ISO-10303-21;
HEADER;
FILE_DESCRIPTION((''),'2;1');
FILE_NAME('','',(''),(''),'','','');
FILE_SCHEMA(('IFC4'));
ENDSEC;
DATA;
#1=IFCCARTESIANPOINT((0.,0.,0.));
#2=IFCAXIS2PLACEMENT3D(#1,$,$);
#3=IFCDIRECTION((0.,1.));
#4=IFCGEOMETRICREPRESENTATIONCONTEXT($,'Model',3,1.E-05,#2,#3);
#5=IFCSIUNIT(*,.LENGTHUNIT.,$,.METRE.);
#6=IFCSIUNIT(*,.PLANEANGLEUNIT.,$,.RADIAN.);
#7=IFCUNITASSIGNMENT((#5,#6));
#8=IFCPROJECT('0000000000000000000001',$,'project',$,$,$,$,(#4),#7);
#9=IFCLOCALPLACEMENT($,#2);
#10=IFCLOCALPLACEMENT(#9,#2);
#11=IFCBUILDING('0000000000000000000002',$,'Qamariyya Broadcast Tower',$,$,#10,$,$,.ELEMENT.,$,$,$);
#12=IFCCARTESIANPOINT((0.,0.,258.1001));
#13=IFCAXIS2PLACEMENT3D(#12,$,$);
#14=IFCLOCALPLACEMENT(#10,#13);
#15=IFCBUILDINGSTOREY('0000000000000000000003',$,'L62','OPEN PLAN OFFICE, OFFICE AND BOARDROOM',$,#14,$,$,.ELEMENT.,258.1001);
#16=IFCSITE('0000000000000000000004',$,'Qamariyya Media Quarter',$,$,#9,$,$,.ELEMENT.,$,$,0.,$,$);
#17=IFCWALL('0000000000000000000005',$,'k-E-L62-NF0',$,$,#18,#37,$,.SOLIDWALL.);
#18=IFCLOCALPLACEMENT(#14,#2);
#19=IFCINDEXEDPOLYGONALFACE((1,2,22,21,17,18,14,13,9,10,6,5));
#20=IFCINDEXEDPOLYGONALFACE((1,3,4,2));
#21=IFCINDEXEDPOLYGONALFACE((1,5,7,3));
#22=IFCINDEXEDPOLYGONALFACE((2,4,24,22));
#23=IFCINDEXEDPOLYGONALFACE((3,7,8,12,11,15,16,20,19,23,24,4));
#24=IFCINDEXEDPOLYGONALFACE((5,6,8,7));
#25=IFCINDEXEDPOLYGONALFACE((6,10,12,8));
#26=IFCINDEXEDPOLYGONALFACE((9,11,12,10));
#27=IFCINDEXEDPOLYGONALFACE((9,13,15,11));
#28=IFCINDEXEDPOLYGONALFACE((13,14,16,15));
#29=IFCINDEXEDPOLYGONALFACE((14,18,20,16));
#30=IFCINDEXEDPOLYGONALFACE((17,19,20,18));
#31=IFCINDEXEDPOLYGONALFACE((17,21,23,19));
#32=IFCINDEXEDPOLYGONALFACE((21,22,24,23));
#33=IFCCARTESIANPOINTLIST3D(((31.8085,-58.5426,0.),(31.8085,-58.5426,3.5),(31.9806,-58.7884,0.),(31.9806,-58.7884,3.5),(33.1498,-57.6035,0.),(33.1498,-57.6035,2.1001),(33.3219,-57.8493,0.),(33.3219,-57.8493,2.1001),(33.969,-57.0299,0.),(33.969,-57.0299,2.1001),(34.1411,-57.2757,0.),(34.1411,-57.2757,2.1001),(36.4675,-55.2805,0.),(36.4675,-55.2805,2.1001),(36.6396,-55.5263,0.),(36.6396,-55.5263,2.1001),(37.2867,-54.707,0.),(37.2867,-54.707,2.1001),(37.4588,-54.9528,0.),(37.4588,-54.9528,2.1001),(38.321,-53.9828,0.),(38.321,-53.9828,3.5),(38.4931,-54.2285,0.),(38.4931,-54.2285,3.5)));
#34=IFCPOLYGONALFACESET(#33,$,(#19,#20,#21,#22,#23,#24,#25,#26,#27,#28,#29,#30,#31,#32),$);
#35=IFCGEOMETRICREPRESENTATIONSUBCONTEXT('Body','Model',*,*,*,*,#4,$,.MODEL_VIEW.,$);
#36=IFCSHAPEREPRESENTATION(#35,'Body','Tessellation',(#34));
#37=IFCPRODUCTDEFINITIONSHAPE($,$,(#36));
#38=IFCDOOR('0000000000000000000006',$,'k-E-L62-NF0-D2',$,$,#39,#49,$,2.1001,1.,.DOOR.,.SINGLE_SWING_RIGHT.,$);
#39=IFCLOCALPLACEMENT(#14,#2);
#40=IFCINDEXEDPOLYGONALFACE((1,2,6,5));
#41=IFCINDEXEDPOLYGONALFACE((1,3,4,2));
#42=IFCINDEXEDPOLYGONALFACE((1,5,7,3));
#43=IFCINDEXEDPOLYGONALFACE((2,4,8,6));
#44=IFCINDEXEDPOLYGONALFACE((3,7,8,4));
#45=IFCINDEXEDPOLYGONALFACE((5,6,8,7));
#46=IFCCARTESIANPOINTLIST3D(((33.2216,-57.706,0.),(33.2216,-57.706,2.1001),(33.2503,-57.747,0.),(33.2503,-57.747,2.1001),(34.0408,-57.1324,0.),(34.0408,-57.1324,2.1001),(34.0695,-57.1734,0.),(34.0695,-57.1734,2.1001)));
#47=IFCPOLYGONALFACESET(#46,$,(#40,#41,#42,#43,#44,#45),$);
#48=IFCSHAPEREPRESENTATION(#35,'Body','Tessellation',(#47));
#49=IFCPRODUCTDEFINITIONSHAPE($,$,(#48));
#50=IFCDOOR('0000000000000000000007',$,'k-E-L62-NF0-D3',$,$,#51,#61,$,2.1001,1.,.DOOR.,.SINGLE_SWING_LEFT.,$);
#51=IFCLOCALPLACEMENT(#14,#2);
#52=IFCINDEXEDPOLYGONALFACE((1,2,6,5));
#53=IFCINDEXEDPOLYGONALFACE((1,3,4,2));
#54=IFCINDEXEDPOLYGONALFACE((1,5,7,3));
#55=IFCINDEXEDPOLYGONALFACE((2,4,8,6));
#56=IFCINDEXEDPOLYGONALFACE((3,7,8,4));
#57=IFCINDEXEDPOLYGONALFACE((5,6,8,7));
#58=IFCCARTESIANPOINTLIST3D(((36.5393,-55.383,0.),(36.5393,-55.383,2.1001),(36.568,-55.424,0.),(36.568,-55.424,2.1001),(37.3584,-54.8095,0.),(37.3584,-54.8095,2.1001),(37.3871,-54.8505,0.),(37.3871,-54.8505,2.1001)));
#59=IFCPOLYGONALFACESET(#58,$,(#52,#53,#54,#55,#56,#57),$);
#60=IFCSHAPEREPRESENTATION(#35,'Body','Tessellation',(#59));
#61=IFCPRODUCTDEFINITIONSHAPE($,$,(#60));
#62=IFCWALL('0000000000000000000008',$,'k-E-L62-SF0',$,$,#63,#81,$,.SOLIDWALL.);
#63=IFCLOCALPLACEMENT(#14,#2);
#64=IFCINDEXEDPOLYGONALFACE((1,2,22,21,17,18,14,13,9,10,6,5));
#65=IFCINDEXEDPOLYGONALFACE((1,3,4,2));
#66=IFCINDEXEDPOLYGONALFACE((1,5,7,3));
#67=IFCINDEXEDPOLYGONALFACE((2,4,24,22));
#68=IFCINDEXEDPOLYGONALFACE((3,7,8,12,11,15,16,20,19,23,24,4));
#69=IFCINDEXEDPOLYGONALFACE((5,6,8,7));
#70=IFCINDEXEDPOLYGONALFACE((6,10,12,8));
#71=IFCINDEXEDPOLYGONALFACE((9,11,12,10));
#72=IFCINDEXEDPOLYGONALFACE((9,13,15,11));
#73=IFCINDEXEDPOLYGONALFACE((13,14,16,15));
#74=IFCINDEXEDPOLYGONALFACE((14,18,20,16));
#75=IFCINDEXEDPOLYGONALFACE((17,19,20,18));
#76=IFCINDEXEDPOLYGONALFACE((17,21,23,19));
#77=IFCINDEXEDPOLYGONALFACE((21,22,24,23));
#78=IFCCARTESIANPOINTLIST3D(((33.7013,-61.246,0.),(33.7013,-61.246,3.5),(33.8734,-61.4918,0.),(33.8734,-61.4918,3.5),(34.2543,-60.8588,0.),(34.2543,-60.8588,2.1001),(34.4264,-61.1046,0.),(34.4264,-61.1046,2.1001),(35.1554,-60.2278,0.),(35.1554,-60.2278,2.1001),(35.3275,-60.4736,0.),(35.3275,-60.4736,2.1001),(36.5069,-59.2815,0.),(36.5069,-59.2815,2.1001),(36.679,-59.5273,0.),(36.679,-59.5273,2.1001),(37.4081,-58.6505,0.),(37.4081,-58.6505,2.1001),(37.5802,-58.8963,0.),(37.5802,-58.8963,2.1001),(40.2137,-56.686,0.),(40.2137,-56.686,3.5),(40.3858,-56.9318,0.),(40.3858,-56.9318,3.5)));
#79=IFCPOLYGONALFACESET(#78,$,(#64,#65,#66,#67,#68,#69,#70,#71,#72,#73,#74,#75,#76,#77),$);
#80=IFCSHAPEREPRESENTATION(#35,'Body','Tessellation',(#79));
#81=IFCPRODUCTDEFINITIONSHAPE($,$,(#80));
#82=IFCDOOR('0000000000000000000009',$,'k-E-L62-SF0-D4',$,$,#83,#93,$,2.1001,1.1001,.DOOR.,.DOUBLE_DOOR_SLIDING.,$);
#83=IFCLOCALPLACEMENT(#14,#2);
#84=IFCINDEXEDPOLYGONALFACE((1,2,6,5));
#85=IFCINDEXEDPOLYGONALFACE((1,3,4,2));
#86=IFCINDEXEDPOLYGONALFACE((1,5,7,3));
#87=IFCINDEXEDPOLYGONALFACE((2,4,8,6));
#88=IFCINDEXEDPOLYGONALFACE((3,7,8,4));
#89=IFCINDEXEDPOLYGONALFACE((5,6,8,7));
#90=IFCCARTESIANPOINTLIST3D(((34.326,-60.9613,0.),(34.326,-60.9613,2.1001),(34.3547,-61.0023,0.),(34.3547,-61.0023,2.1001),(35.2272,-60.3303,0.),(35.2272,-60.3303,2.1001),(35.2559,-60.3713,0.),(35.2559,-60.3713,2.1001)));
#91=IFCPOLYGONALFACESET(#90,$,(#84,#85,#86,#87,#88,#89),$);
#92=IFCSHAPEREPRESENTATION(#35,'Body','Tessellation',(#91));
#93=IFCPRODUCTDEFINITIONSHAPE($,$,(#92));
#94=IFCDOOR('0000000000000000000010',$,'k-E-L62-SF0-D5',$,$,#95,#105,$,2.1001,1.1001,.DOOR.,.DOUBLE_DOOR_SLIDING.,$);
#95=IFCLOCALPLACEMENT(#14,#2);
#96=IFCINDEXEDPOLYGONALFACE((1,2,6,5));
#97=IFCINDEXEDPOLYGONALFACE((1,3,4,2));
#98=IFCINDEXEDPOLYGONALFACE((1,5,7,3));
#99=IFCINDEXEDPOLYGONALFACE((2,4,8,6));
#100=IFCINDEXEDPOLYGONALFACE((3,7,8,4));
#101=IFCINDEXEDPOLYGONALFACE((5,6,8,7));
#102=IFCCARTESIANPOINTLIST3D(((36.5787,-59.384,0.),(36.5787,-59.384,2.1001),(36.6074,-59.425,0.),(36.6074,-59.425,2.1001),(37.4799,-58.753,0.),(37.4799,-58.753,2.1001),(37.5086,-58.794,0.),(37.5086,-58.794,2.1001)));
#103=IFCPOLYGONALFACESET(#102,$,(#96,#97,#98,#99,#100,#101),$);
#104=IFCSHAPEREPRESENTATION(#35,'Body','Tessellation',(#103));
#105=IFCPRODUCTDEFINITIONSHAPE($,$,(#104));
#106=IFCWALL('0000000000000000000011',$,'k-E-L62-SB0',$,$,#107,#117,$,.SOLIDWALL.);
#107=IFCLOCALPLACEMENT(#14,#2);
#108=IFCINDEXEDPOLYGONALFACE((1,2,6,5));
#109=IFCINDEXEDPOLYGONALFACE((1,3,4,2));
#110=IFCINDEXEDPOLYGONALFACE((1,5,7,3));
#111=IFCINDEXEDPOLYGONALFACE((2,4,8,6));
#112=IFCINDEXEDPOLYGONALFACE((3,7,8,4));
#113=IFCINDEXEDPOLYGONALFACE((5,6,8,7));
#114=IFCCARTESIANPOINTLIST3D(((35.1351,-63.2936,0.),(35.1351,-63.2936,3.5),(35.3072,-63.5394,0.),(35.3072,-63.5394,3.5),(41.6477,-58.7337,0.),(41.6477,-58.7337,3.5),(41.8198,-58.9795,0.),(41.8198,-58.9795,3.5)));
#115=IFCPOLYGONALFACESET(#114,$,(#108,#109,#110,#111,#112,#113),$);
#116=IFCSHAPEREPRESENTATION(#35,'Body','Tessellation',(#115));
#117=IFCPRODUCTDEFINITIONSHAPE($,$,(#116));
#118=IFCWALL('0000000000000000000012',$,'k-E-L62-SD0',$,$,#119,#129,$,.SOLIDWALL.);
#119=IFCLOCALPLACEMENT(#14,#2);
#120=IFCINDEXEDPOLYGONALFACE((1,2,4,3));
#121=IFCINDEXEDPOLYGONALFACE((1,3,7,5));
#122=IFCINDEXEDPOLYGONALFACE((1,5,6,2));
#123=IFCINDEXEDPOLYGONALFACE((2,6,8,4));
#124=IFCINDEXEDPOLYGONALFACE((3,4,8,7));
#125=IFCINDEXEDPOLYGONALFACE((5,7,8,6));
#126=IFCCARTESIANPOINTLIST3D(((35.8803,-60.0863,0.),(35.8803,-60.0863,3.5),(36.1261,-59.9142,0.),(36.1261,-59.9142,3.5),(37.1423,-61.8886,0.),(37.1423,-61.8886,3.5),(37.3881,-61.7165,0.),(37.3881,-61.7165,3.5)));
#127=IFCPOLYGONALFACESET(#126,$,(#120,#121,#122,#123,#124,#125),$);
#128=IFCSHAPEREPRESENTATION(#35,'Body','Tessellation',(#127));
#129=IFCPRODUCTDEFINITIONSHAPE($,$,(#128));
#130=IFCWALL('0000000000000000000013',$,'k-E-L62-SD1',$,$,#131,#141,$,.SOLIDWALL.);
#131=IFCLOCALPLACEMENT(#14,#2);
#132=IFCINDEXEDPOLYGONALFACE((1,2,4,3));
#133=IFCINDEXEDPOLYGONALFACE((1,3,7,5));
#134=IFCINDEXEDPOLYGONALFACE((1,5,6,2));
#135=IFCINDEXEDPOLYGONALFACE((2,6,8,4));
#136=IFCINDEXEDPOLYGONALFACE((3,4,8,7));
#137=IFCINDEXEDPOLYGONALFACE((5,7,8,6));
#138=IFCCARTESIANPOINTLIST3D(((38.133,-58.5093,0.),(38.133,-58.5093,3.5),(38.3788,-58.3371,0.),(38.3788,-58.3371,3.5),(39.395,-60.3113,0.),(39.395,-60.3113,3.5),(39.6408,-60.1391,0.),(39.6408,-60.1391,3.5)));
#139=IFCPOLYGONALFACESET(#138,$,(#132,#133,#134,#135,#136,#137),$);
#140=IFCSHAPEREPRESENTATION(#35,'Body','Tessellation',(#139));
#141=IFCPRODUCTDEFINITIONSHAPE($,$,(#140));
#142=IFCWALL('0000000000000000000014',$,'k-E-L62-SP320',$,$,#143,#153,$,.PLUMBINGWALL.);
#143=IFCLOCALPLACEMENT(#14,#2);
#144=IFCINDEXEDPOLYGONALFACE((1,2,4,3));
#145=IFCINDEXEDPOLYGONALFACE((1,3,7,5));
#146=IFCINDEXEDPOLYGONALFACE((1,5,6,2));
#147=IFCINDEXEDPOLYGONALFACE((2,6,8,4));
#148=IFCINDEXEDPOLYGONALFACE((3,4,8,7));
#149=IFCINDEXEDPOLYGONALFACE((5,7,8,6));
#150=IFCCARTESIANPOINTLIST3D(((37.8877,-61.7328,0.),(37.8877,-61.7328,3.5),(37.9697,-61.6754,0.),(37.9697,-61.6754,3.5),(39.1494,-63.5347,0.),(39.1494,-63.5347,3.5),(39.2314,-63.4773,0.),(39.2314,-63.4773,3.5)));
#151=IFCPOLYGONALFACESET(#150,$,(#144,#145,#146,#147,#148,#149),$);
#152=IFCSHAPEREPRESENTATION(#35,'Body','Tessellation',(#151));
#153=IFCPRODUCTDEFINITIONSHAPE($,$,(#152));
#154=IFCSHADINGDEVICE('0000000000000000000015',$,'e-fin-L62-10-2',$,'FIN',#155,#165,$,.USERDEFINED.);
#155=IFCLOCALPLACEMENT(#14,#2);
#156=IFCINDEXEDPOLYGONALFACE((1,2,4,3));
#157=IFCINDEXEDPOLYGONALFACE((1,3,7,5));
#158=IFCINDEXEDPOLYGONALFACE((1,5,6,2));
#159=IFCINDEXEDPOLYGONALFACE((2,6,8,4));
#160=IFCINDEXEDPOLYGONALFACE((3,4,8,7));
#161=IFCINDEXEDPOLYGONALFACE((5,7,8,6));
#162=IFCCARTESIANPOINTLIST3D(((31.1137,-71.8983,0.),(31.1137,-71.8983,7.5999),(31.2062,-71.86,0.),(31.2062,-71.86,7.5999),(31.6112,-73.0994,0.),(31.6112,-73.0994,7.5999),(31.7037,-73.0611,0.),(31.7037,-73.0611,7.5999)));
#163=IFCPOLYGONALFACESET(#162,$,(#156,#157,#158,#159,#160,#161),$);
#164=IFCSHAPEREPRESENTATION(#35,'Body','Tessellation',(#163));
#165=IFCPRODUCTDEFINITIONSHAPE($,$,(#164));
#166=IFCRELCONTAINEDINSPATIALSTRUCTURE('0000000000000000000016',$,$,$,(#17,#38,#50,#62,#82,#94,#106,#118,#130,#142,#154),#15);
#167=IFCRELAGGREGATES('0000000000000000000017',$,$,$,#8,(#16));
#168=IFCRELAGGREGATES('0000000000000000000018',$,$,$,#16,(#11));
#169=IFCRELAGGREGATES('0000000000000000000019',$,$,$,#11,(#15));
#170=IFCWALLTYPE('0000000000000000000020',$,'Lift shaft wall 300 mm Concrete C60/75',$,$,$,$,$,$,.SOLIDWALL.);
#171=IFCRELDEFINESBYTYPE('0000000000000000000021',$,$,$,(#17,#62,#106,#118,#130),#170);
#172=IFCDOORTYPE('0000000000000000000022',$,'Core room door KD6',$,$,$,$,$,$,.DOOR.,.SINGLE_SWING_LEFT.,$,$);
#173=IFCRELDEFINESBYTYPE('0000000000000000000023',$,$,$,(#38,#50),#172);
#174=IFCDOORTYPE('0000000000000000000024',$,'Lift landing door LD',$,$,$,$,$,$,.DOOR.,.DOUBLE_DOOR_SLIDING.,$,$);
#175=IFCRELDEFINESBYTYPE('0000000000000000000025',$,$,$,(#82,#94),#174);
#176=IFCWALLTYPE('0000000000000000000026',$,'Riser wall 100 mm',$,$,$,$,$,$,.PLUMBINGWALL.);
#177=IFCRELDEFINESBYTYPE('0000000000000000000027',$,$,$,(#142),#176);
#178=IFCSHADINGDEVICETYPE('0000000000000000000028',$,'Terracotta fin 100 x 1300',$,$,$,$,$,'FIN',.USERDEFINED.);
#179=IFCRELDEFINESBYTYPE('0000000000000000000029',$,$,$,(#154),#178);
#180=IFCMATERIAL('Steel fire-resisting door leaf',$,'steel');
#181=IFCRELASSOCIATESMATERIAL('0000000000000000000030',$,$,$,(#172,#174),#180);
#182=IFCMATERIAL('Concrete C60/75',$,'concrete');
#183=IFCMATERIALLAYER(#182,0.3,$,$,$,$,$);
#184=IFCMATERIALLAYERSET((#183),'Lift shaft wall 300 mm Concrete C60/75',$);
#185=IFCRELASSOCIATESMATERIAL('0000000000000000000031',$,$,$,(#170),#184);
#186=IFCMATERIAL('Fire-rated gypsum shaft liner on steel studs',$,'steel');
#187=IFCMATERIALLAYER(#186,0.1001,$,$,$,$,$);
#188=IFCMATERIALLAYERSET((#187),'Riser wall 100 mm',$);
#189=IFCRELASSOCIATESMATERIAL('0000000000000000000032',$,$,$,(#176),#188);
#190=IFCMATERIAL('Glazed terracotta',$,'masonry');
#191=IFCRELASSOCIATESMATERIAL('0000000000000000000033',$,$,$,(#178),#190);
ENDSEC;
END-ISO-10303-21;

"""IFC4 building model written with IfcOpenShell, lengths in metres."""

from ifc_helpers import new_model, si_unit, direction, frame, frame_2d, origin, origin_2d, place, context, subcontext, project, spatial, rectangle, extrude, material, layer, layer_set, material_profile, profile_set, type_object, element, fill, save


model = new_model("IFC4")

# Units and contexts
model_context = context("Model", 3, precision=1e-05, world=origin(), true_north=direction((0.0, 1.0)))
body_context = subcontext(model_context, "Body", "Model", "MODEL_VIEW")
ifc_project = project(units=[si_unit("LENGTHUNIT", "METRE"), si_unit("PLANEANGLEUNIT", "RADIAN")], contexts=[model_context])

# Site, building, storey
site_placement = place(None, origin())
site = spatial("IfcSite", under=ifc_project, at=site_placement, Name="Qamariyya Media Quarter", CompositionType="ELEMENT", RefElevation=0.0)
building_placement = place(site_placement, origin())
building = spatial("IfcBuilding", under=site, at=building_placement, Name="Qamariyya Broadcast Tower", CompositionType="ELEMENT")
storey_placement = place(building_placement, frame((0.0, 0.0, 258.1001)))
storey = spatial("IfcBuildingStorey", under=building, at=storey_placement, Name="L62", Description="OPEN PLAN OFFICE, OFFICE AND BOARDROOM", CompositionType="ELEMENT", Elevation=258.1001)

# Shared definitions
ifc_material_1 = material(Name="Concrete C60/75", Category="concrete")
ifc_material_2 = material(Name="Steel fire-resisting door leaf", Category="steel")

# Shared definitions
door_type_1 = type_object("IfcDoorType", Name="Core room door KD6", OperationType="SINGLE_SWING_LEFT", PredefinedType="DOOR", material=ifc_material_2)

# Walls, openings, doors
ifc_layer_1 = layer(ifc_material_1, 0.3)
ifc_layer_set_1 = layer_set([ifc_layer_1], Name="Lift shaft wall 300 mm Concrete C60/75")
wall_type_1 = type_object("IfcWallType", Name="Lift shaft wall 300 mm Concrete C60/75", PredefinedType="SOLIDWALL", material=ifc_layer_set_1)
wall_1_placement = place(storey_placement, frame((31.8945, -58.6655, 0.0), z_axis=(0.0, 0.0, 1.0), x_axis=(0.819167, 0.573555, 0.0)))
wall_1 = element("IfcWall", 1, at=wall_1_placement, inside=storey, type_object=wall_type_1, Name="k-E-L62-NF0", PredefinedType="SOLIDWALL", context=body_context, shape_type="SweptSolid", body=[
    extrude(rectangle(XDim=7.9502, YDim=0.3, at=frame_2d((3.9751, 0.0))), origin(), (0.0, 0.0, 1.0), 3.5),
])
opening_1_placement = place(wall_1_placement, frame((1.6375, 0.0, 0.0)))
opening_1 = element("IfcOpeningElement", 2, at=opening_1_placement, cuts=wall_1, PredefinedType="OPENING", context=body_context, shape_type="SweptSolid", body=[
    extrude(rectangle(XDim=1.0, YDim=2.1001, at=frame_2d((0.5, 1.05))), frame((0.0, 0.1599, 0.0), z_axis=(0.0, -1.0, 0.0), x_axis=(1.0, 0.0, 0.0)), (0.0, 0.0, 1.0), 0.3201),
])
opening_2_placement = place(wall_1_placement, frame((5.6875, 0.0, 0.0)))
opening_2 = element("IfcOpeningElement", 3, at=opening_2_placement, cuts=wall_1, PredefinedType="OPENING", context=body_context, shape_type="SweptSolid", body=[
    extrude(rectangle(XDim=1.0, YDim=2.1001, at=frame_2d((0.5, 1.05))), frame((0.0, 0.1599, 0.0), z_axis=(0.0, -1.0, 0.0), x_axis=(1.0, 0.0, 0.0)), (0.0, 0.0, 1.0), 0.3201),
])
door_1_placement = place(opening_1_placement, origin())
door_1 = element("IfcDoor", 4, at=door_1_placement, inside=storey, type_object=door_type_1, Name="k-E-L62-NF0-D2", OperationType="SINGLE_SWING_RIGHT", OverallHeight=2.1001, OverallWidth=1.0, PredefinedType="DOOR", context=body_context, shape_type="SweptSolid", body=[
    extrude(rectangle(XDim=1.0, YDim=2.1001, at=frame_2d((0.5, 1.05))), frame((0.0, 0.0249, 0.0), z_axis=(0.0, -1.0, 0.0), x_axis=(1.0, 0.0, 0.0)), (0.0, 0.0, 1.0), 0.05),
])
fill(opening_1, door_1)
door_2_placement = place(opening_2_placement, origin())
door_2 = element("IfcDoor", 5, at=door_2_placement, inside=storey, type_object=door_type_1, Name="k-E-L62-NF0-D3", OperationType="SINGLE_SWING_LEFT", OverallHeight=2.1001, OverallWidth=1.0, PredefinedType="DOOR", context=body_context, shape_type="SweptSolid", body=[
    extrude(rectangle(XDim=1.0, YDim=2.1001, at=frame_2d((0.5, 1.05))), frame((0.0, 0.0249, 0.0), z_axis=(0.0, -1.0, 0.0), x_axis=(1.0, 0.0, 0.0)), (0.0, 0.0, 1.0), 0.05),
])
fill(opening_2, door_2)
wall_2_placement = place(storey_placement, frame((33.7874, -61.3689, 0.0), z_axis=(0.0, 0.0, 1.0), x_axis=(0.819153, 0.573576, 0.0)))
wall_2 = element("IfcWall", 6, at=wall_2_placement, inside=storey, type_object=wall_type_1, Name="k-E-L62-SF0", PredefinedType="SOLIDWALL", context=body_context, shape_type="SweptSolid", body=[
    extrude(rectangle(XDim=7.9502, YDim=0.3, at=frame_2d((3.9751, 0.0))), origin(), (0.0, 0.0, 1.0), 3.5),
])
opening_3_placement = place(wall_2_placement, frame((0.675, 0.0, 0.0)))
opening_3 = element("IfcOpeningElement", 7, at=opening_3_placement, cuts=wall_2, PredefinedType="OPENING", context=body_context, shape_type="SweptSolid", body=[
    extrude(rectangle(XDim=1.1001, YDim=2.1001, at=frame_2d((0.55, 1.05))), frame((0.0, 0.1599, 0.0), z_axis=(0.0, -1.0, 0.0), x_axis=(1.0, 0.0, 0.0)), (0.0, 0.0, 1.0), 0.3201),
])
opening_4_placement = place(wall_2_placement, frame((3.425, 0.0, 0.0)))
opening_4 = element("IfcOpeningElement", 8, at=opening_4_placement, cuts=wall_2, PredefinedType="OPENING", context=body_context, shape_type="SweptSolid", body=[
    extrude(rectangle(XDim=1.1001, YDim=2.1001, at=frame_2d((0.55, 1.05))), frame((0.0, 0.1599, 0.0), z_axis=(0.0, -1.0, 0.0), x_axis=(1.0, 0.0, 0.0)), (0.0, 0.0, 1.0), 0.3201),
])
door_type_2 = type_object("IfcDoorType", Name="Lift landing door LD", OperationType="DOUBLE_DOOR_SLIDING", PredefinedType="DOOR", material=ifc_material_2)
door_3_placement = place(opening_3_placement, origin())
door_3 = element("IfcDoor", 9, at=door_3_placement, inside=storey, type_object=door_type_2, Name="k-E-L62-SF0-D4", OperationType="DOUBLE_DOOR_SLIDING", OverallHeight=2.1001, OverallWidth=1.1001, PredefinedType="DOOR", context=body_context, shape_type="SweptSolid", body=[
    extrude(rectangle(XDim=1.1001, YDim=2.1001, at=frame_2d((0.55, 1.05))), frame((0.0, 0.0249, 0.0), z_axis=(0.0, -1.0, 0.0), x_axis=(1.0, 0.0, 0.0)), (0.0, 0.0, 1.0), 0.05),
])
fill(opening_3, door_3)
door_4_placement = place(opening_4_placement, origin())
door_4 = element("IfcDoor", 10, at=door_4_placement, inside=storey, type_object=door_type_2, Name="k-E-L62-SF0-D5", OperationType="DOUBLE_DOOR_SLIDING", OverallHeight=2.1001, OverallWidth=1.1001, PredefinedType="DOOR", context=body_context, shape_type="SweptSolid", body=[
    extrude(rectangle(XDim=1.1001, YDim=2.1001, at=frame_2d((0.55, 1.05))), frame((0.0, 0.0249, 0.0), z_axis=(0.0, -1.0, 0.0), x_axis=(1.0, 0.0, 0.0)), (0.0, 0.0, 1.0), 0.05),
])
fill(opening_4, door_4)

# Walls
wall_3_placement = place(storey_placement, frame((35.2212, -63.4165, 0.0), z_axis=(0.0, 0.0, 1.0), x_axis=(0.819167, 0.573555, 0.0)))
element("IfcWall", 11, at=wall_3_placement, inside=storey, type_object=wall_type_1, Name="k-E-L62-SB0", PredefinedType="SOLIDWALL", context=body_context, shape_type="SweptSolid", body=[
    extrude(rectangle(XDim=7.9502, YDim=0.3, at=frame_2d((3.9751, 0.0))), origin(), (0.0, 0.0, 1.0), 3.5),
])
wall_4_placement = place(storey_placement, frame((36.0032, -60.0002, 0.0), z_axis=(0.0, 0.0, 1.0), x_axis=(0.573581, -0.819149, 0.0)))
element("IfcWall", 12, at=wall_4_placement, inside=storey, type_object=wall_type_1, Name="k-E-L62-SD0", PredefinedType="SOLIDWALL", context=body_context, shape_type="SweptSolid", body=[
    extrude(rectangle(XDim=2.2002, YDim=0.3, at=frame_2d((1.1001, 0.0))), origin(), (0.0, 0.0, 1.0), 3.5),
])
wall_5_placement = place(storey_placement, frame((38.2559, -58.4231, 0.0), z_axis=(0.0, 0.0, 1.0), x_axis=(0.573634, -0.819112, 0.0)))
element("IfcWall", 13, at=wall_5_placement, inside=storey, type_object=wall_type_1, Name="k-E-L62-SD1", PredefinedType="SOLIDWALL", context=body_context, shape_type="SweptSolid", body=[
    extrude(rectangle(XDim=2.2, YDim=0.3, at=frame_2d((1.1001, 0.0))), origin(), (0.0, 0.0, 1.0), 3.5),
])
ifc_material_3 = material(Name="Fire-rated gypsum shaft liner on steel studs", Category="steel")
ifc_layer_2 = layer(ifc_material_3, 0.1001)
ifc_layer_set_2 = layer_set([ifc_layer_2], Name="Riser wall 100 mm")
wall_type_2 = type_object("IfcWallType", Name="Riser wall 100 mm", PredefinedType="PLUMBINGWALL", material=ifc_layer_set_2)
wall_6_placement = place(storey_placement, frame((37.9287, -61.7041, 0.0), z_axis=(0.0, 0.0, 1.0), x_axis=(0.573559, -0.819164, 0.0)))
element("IfcWall", 14, at=wall_6_placement, inside=storey, type_object=wall_type_2, Name="k-E-L62-SP320", PredefinedType="PLUMBINGWALL", context=body_context, shape_type="SweptSolid", body=[
    extrude(rectangle(XDim=2.1997, YDim=0.1001, at=frame_2d((1.0999, 0.0))), origin(), (0.0, 0.0, 1.0), 3.5),
])

# Shading device
ifc_material_4 = material(Name="Glazed terracotta", Category="masonry")
ifc_material_profile_1 = material_profile(ifc_material_4, rectangle(XDim=1.3, YDim=0.1001, at=origin_2d()))
ifc_profile_set_1 = profile_set([ifc_material_profile_1], Name="Glazed terracotta")
shading_device_type_1 = type_object("IfcShadingDeviceType", Name="Terracotta fin 100 x 1300", ElementType="FIN", PredefinedType="USERDEFINED", material=ifc_profile_set_1)
for number, where, z_axis, x_axis, name in (
    (15, (31.4087, -72.4797, 0.0), (0.0, 0.0, 1.0), (0.382683, -0.92388, 0.0), "e-fin-L62-10-2"),
):
    element("IfcShadingDevice", number, at=place(storey_placement, frame(where, z_axis=z_axis, x_axis=x_axis)), inside=storey, type_object=shading_device_type_1, Name=name, ObjectType="FIN", PredefinedType="USERDEFINED", context=body_context, shape_type="SweptSolid", body=[
        extrude(rectangle(XDim=1.3, YDim=0.1001, at=origin_2d()), origin(), (0.0, 0.0, 1.0), 7.5999),
    ])

save(model, "model.ifc")
